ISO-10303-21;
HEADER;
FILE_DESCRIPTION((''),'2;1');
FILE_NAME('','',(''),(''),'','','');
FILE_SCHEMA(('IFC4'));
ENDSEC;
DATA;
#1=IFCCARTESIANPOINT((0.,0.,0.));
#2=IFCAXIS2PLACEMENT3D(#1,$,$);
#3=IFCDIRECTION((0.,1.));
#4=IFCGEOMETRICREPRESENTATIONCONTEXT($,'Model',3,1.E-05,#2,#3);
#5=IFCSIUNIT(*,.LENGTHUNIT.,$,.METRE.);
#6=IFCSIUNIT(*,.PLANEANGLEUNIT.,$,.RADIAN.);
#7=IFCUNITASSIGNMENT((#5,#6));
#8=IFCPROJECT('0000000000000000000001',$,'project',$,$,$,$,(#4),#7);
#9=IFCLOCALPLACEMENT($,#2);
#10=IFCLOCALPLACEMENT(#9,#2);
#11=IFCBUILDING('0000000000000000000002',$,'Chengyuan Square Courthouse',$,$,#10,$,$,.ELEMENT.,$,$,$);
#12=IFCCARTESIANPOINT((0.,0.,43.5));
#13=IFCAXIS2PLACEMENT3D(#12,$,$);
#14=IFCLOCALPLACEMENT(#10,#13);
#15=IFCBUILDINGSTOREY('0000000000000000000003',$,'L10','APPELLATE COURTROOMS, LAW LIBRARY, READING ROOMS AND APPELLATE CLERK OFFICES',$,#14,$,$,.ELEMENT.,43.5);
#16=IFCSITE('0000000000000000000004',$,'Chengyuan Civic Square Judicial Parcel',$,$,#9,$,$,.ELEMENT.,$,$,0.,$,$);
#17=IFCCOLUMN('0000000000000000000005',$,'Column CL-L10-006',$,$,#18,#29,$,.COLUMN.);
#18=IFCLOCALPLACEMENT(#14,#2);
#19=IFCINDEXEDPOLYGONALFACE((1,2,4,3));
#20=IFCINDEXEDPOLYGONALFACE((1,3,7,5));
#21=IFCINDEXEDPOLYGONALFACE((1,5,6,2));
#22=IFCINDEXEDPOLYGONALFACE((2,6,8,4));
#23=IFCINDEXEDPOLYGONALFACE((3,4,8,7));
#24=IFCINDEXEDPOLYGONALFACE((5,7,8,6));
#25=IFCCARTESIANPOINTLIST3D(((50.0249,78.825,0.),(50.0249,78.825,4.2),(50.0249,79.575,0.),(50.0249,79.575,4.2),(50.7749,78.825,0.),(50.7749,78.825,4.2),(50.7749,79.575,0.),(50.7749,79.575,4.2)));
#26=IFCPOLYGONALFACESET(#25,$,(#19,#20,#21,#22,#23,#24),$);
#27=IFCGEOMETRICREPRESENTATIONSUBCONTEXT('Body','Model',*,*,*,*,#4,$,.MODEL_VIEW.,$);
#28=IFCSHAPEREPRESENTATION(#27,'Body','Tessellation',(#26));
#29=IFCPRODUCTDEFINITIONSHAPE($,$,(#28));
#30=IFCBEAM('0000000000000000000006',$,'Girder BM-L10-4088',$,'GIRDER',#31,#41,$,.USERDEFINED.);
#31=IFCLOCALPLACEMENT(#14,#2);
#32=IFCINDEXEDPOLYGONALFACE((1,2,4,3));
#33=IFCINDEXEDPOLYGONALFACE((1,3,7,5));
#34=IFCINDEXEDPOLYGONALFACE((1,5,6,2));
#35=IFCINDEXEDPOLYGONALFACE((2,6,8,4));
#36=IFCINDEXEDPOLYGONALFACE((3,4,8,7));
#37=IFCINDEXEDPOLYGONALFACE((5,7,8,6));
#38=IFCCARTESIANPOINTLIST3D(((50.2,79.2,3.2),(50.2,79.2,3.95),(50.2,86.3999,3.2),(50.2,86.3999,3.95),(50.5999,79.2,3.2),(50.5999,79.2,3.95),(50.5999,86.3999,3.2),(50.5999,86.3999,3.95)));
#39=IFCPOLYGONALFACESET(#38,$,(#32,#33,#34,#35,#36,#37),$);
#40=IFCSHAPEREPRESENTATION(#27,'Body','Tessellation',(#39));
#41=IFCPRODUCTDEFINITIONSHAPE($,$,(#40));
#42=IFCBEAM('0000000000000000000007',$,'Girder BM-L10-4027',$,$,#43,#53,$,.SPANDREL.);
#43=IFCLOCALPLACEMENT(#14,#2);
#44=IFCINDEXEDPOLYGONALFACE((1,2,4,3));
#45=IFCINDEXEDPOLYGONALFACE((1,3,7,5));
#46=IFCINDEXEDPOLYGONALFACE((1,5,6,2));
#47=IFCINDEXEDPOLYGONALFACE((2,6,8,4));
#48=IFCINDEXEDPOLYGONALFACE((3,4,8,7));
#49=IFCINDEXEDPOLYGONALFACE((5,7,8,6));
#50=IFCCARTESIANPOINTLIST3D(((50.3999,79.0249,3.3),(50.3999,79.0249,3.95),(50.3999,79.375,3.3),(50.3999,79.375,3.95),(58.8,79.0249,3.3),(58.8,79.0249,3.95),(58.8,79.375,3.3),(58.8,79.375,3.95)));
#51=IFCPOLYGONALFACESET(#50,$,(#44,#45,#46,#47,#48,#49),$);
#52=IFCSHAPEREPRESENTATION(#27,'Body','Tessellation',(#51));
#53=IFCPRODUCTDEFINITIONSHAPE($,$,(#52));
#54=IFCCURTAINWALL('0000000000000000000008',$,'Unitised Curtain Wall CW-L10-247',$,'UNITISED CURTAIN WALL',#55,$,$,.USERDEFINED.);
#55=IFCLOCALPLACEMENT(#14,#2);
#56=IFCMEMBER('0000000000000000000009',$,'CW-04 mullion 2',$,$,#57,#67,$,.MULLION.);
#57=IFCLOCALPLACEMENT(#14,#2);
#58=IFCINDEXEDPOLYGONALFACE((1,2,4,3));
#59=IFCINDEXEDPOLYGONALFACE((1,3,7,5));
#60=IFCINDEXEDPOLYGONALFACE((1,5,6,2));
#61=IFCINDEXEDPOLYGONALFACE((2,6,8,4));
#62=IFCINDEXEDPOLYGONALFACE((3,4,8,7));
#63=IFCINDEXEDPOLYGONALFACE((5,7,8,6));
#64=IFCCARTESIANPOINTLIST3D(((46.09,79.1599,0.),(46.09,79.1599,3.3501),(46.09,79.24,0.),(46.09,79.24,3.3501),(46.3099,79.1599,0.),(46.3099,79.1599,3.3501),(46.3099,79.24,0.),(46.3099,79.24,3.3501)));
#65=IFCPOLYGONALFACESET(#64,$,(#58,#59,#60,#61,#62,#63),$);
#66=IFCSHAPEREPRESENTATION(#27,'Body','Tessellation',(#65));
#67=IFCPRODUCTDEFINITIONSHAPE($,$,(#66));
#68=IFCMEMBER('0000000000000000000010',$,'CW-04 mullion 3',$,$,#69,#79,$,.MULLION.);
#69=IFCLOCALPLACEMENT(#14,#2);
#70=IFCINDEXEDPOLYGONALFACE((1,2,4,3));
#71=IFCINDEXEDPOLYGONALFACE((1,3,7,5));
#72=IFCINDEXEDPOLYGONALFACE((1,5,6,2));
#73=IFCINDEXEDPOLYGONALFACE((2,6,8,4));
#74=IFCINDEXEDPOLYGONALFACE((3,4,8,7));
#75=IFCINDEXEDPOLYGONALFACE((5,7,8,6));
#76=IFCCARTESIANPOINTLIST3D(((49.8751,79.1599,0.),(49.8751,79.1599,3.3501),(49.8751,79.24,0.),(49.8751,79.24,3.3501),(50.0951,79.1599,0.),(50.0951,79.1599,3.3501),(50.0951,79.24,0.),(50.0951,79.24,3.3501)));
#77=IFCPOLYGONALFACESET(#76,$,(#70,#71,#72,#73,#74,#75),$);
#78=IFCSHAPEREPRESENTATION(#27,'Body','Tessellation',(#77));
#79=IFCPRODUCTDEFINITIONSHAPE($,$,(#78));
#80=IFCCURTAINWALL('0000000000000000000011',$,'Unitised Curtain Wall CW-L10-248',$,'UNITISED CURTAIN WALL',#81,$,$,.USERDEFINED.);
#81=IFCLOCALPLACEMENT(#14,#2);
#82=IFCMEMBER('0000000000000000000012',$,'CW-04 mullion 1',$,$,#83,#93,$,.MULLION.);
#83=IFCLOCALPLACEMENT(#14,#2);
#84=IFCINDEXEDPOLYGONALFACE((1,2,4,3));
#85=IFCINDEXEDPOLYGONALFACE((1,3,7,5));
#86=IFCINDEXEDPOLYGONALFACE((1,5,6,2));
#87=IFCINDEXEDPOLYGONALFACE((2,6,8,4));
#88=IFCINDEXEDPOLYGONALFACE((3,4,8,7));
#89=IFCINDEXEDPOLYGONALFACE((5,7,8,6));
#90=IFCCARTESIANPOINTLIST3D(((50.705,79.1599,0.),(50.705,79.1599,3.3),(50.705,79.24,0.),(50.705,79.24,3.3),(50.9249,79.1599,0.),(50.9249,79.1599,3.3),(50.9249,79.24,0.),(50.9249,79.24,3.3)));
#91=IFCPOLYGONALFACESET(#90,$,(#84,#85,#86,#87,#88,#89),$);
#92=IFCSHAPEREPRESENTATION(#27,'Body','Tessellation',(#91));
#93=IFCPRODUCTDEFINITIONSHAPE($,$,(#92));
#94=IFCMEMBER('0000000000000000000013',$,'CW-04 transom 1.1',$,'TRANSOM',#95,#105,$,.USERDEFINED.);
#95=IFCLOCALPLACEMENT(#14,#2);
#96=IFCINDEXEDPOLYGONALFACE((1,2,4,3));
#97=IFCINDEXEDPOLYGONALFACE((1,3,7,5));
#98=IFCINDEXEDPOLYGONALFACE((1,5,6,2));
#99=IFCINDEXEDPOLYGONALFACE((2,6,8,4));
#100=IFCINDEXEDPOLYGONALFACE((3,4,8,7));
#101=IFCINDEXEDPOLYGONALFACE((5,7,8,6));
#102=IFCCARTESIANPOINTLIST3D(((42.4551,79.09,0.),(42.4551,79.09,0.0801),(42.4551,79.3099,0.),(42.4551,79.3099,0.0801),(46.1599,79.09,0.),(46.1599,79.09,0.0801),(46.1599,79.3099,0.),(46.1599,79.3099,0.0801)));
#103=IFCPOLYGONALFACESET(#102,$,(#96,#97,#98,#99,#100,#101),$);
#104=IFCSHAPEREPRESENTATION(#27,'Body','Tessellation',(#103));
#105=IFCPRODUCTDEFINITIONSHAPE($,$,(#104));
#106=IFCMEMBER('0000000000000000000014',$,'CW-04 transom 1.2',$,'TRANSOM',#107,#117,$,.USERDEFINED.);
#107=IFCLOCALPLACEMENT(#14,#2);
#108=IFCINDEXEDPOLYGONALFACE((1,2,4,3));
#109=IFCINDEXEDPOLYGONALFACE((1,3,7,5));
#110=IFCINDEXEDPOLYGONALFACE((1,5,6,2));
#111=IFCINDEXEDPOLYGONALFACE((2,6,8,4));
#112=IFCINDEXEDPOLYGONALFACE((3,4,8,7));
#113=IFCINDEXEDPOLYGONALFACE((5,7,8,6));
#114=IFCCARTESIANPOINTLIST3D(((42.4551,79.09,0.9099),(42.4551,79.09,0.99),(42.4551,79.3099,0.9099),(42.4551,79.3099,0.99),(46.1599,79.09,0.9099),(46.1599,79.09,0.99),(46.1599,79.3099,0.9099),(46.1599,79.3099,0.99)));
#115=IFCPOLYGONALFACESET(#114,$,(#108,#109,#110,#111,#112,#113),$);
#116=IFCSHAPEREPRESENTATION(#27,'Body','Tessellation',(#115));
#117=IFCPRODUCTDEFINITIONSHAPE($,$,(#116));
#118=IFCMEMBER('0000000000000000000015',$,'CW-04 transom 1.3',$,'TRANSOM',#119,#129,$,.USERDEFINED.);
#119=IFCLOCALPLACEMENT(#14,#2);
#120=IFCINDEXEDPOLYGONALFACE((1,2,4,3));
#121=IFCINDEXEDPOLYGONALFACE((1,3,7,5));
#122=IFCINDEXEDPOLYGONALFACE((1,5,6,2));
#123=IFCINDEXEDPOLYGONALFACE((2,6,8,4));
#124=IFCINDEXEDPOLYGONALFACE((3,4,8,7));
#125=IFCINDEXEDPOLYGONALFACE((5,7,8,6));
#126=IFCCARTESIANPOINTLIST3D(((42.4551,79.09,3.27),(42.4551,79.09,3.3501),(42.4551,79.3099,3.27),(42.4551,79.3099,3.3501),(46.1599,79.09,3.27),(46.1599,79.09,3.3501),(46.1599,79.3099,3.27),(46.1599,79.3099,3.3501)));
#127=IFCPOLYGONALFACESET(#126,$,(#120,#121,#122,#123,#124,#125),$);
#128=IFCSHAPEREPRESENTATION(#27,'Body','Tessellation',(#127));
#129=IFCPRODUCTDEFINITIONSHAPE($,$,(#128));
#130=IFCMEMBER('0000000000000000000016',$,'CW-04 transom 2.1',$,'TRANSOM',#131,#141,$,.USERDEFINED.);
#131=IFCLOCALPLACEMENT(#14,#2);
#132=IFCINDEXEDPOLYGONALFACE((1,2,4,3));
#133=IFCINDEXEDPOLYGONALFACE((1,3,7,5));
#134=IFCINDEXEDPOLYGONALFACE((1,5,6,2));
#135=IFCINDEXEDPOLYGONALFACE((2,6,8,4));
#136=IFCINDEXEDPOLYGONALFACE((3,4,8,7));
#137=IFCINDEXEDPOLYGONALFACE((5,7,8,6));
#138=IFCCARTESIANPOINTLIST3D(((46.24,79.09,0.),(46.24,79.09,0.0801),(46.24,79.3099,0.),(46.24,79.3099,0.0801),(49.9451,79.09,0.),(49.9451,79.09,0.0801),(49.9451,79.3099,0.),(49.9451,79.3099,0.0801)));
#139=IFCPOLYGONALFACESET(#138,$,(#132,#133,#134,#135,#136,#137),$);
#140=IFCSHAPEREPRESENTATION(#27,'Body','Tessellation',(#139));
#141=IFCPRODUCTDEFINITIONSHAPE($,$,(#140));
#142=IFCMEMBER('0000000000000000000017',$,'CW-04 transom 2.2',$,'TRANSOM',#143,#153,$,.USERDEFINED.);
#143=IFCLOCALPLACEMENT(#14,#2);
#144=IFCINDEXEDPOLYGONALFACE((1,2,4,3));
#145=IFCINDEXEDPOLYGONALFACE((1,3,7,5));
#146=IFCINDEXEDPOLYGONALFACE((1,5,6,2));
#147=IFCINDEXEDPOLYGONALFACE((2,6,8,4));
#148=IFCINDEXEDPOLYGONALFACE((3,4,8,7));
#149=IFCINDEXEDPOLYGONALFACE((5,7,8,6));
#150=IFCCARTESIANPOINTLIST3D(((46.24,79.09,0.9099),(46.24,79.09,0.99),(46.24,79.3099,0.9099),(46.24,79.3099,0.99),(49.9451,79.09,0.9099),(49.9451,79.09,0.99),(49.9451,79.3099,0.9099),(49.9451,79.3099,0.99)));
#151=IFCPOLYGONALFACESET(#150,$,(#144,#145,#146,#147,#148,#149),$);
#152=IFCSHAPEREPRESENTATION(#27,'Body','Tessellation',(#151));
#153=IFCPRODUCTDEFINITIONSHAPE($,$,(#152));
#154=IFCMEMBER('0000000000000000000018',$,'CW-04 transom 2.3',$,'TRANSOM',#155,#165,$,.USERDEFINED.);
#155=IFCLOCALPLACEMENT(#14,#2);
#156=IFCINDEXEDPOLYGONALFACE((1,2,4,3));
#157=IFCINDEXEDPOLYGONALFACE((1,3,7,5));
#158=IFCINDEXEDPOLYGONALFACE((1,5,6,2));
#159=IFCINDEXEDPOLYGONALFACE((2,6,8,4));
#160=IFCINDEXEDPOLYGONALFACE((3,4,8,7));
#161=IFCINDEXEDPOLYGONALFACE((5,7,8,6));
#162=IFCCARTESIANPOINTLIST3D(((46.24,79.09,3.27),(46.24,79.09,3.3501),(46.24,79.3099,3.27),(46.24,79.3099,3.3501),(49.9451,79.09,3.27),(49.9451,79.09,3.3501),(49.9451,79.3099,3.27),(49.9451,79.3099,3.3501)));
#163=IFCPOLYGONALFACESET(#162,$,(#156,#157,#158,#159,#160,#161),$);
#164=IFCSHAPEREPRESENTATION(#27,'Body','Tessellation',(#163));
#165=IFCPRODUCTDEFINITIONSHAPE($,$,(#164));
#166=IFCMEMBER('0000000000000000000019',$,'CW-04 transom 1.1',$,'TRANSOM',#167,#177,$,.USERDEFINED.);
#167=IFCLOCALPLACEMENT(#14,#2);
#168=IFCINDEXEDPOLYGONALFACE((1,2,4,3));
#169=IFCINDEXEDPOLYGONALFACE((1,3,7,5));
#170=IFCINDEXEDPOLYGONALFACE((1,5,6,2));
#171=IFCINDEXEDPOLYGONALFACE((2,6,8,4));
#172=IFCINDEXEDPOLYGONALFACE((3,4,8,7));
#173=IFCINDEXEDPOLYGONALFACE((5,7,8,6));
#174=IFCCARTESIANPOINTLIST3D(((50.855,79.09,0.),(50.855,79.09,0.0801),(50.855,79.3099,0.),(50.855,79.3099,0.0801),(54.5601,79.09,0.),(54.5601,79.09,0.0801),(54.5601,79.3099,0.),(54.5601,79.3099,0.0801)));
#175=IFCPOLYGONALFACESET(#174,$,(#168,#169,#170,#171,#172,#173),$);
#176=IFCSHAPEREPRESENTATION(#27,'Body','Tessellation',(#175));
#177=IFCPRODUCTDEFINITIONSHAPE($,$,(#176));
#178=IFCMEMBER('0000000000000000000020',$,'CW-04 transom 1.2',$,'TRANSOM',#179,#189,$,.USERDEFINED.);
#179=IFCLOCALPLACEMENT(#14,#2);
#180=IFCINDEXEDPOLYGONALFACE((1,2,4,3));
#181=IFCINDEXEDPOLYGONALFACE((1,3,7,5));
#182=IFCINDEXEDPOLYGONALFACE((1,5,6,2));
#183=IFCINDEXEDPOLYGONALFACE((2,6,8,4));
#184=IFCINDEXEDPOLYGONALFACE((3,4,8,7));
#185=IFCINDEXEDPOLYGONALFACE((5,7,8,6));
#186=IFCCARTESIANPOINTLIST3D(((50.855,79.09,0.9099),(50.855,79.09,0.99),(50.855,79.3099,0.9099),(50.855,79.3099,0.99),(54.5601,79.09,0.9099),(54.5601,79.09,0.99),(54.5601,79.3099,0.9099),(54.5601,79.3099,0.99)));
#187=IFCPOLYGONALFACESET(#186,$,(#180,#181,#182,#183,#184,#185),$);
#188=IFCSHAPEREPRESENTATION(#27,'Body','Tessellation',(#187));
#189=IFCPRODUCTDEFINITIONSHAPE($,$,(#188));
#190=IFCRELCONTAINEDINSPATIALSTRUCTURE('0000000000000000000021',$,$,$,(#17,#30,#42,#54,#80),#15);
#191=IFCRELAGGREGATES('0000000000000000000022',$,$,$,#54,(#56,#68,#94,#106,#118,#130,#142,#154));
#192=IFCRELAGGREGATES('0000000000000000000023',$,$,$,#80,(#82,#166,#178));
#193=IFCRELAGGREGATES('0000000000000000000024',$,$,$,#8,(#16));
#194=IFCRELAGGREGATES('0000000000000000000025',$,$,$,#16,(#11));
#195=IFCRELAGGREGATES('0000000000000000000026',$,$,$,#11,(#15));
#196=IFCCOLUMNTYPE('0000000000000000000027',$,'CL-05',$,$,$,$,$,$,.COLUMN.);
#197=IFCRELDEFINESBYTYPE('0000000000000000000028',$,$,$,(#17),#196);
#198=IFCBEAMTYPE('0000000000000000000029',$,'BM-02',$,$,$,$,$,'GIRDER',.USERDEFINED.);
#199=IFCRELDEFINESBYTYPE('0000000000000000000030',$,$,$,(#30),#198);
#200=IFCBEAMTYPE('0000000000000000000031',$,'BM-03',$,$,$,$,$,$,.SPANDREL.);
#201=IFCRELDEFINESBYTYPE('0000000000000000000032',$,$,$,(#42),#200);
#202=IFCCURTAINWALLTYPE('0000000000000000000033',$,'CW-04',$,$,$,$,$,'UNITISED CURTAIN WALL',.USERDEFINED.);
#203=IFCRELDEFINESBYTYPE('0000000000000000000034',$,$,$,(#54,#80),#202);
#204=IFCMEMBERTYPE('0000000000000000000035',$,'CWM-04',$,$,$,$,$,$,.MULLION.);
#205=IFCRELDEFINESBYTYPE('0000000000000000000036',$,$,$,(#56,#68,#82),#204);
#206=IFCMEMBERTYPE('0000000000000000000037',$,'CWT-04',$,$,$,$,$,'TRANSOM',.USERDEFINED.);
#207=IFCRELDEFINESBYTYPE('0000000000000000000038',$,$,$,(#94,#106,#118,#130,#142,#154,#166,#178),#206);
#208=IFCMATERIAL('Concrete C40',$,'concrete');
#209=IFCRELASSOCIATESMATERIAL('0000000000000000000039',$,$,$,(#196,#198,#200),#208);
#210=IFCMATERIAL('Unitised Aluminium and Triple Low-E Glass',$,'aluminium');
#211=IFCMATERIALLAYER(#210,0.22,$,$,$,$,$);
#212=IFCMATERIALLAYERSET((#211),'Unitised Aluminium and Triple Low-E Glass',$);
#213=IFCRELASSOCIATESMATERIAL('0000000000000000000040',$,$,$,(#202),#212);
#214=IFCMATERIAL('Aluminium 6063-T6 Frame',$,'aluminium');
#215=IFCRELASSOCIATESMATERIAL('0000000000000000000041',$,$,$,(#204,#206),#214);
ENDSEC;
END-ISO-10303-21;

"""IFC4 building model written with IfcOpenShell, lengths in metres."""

from ifc_helpers import new_model, si_unit, direction, frame, origin, origin_2d, place, context, subcontext, project, spatial, rectangle, extrude, material, layer, layer_set, material_profile, profile_set, type_object, element, aggregate, save


model = new_model("IFC4")

# Units and contexts
model_context = context("Model", 3, precision=1e-05, world=origin(), true_north=direction((0.0, 1.0)))
body_context = subcontext(model_context, "Body", "Model", "MODEL_VIEW")
ifc_project = project(units=[si_unit("LENGTHUNIT", "METRE"), si_unit("PLANEANGLEUNIT", "RADIAN")], contexts=[model_context])

# Site, building, storey
site_placement = place(None, origin())
site = spatial("IfcSite", under=ifc_project, at=site_placement, Name="Chengyuan Civic Square Judicial Parcel", CompositionType="ELEMENT", RefElevation=0.0)
building_placement = place(site_placement, origin())
building = spatial("IfcBuilding", under=site, at=building_placement, Name="Chengyuan Square Courthouse", CompositionType="ELEMENT")
storey_placement = place(building_placement, frame((0.0, 0.0, 43.5)))
storey = spatial("IfcBuildingStorey", under=building, at=storey_placement, Name="L10", Description="APPELLATE COURTROOMS, LAW LIBRARY, READING ROOMS AND APPELLATE CLERK OFFICES", CompositionType="ELEMENT", Elevation=43.5)

# Column
ifc_material_1 = material(Name="Concrete C40", Category="concrete")
ifc_material_profile_1 = material_profile(ifc_material_1, rectangle(XDim=0.75, YDim=0.75, at=origin_2d()), Name="RC-COL-750x750")
ifc_profile_set_1 = profile_set([ifc_material_profile_1], Name="Concrete C40")
column_type = type_object("IfcColumnType", Name="CL-05", PredefinedType="COLUMN", material=ifc_profile_set_1)
column_placement = place(storey_placement, frame((50.3999, 79.2, 0.0), z_axis=(0.0, 0.0, 1.0), x_axis=(1.0, 0.0, 0.0)))
element("IfcColumn", 1, at=column_placement, inside=storey, type_object=column_type, Name="Column CL-L10-006", PredefinedType="COLUMN", context=body_context, shape_type="SweptSolid", body=[
    extrude(rectangle(XDim=0.75, YDim=0.75, at=origin_2d()), origin(), (0.0, 0.0, 1.0), 4.2),
])

# Beams
ifc_material_profile_2 = material_profile(ifc_material_1, rectangle(XDim=0.3999, YDim=0.75, at=origin_2d()), Name="RC-BM-400x750")
ifc_profile_set_2 = profile_set([ifc_material_profile_2], Name="Concrete C40")
beam_type_1 = type_object("IfcBeamType", Name="BM-02", ElementType="GIRDER", PredefinedType="USERDEFINED", material=ifc_profile_set_2)
beam_1_placement = place(storey_placement, frame((50.3999, 79.2, 3.575), z_axis=(0.0, 1.0, 0.0), x_axis=(-1.0, 0.0, 0.0)))
element("IfcBeam", 2, at=beam_1_placement, inside=storey, type_object=beam_type_1, Name="Girder BM-L10-4088", ObjectType="GIRDER", PredefinedType="USERDEFINED", context=body_context, shape_type="SweptSolid", body=[
    extrude(rectangle(XDim=0.3999, YDim=0.75, at=origin_2d()), origin(), (0.0, 0.0, 1.0), 7.2),
])
ifc_material_profile_3 = material_profile(ifc_material_1, rectangle(XDim=0.3501, YDim=0.6499, at=origin_2d()), Name="RC-BM-350x650")
ifc_profile_set_3 = profile_set([ifc_material_profile_3], Name="Concrete C40")
beam_type_2 = type_object("IfcBeamType", Name="BM-03", PredefinedType="SPANDREL", material=ifc_profile_set_3)
beam_2_placement = place(storey_placement, frame((50.3999, 79.2, 3.625), z_axis=(1.0, 0.0, 0.0), x_axis=(0.0, 1.0, 0.0)))
element("IfcBeam", 3, at=beam_2_placement, inside=storey, type_object=beam_type_2, Name="Girder BM-L10-4027", PredefinedType="SPANDREL", context=body_context, shape_type="SweptSolid", body=[
    extrude(rectangle(XDim=0.3501, YDim=0.6499, at=origin_2d()), origin(), (0.0, 0.0, 1.0), 8.4001),
])

# Curtain wall, members
ifc_material_2 = material(Name="Unitised Aluminium and Triple Low-E Glass", Category="aluminium")
ifc_layer_1 = layer(ifc_material_2, 0.22)
ifc_layer_set_1 = layer_set([ifc_layer_1], Name="Unitised Aluminium and Triple Low-E Glass")
curtain_wall_type = type_object("IfcCurtainWallType", Name="CW-04", ElementType="UNITISED CURTAIN WALL", PredefinedType="USERDEFINED", material=ifc_layer_set_1)
curtain_wall_1_placement = place(storey_placement, origin())
curtain_wall_1 = element("IfcCurtainWall", 4, at=curtain_wall_1_placement, inside=storey, type_object=curtain_wall_type, Name="Unitised Curtain Wall CW-L10-247", ObjectType="UNITISED CURTAIN WALL", PredefinedType="USERDEFINED")
ifc_material_3 = material(Name="Aluminium 6063-T6 Frame", Category="aluminium")
ifc_material_profile_4 = material_profile(ifc_material_3, rectangle(XDim=0.0801, YDim=0.22, at=origin_2d()), Name="CW-MUL-80x220")
ifc_profile_set_4 = profile_set([ifc_material_profile_4], Name="Aluminium 6063-T6 Frame")
member_type_1 = type_object("IfcMemberType", Name="CWM-04", PredefinedType="MULLION", material=ifc_profile_set_4)
member_1_placement = place(storey_placement, frame((46.2, 79.2, 0.0), z_axis=(0.0, 0.0, 1.0), x_axis=(0.0, 1.0, 0.0)))
member_1 = element("IfcMember", 5, at=member_1_placement, type_object=member_type_1, Name="CW-04 mullion 2", PredefinedType="MULLION", context=body_context, shape_type="SweptSolid", body=[
    extrude(rectangle(XDim=0.0801, YDim=0.22, at=origin_2d()), origin(), (0.0, 0.0, 1.0), 3.3501),
])
member_2_placement = place(storey_placement, frame((49.9851, 79.2, 0.0), z_axis=(0.0, 0.0, 1.0), x_axis=(0.0, 1.0, 0.0)))
member_2 = element("IfcMember", 6, at=member_2_placement, type_object=member_type_1, Name="CW-04 mullion 3", PredefinedType="MULLION", context=body_context, shape_type="SweptSolid", body=[
    extrude(rectangle(XDim=0.0801, YDim=0.22, at=origin_2d()), origin(), (0.0, 0.0, 1.0), 3.3501),
])

# Curtain wall, member
curtain_wall_2_placement = place(storey_placement, origin())
curtain_wall_2 = element("IfcCurtainWall", 7, at=curtain_wall_2_placement, inside=storey, type_object=curtain_wall_type, Name="Unitised Curtain Wall CW-L10-248", ObjectType="UNITISED CURTAIN WALL", PredefinedType="USERDEFINED")
member_3_placement = place(storey_placement, frame((50.8149, 79.2, 0.0), z_axis=(0.0, 0.0, 1.0), x_axis=(0.0, 1.0, 0.0)))
member_3 = element("IfcMember", 8, at=member_3_placement, type_object=member_type_1, Name="CW-04 mullion 1", PredefinedType="MULLION", context=body_context, shape_type="SweptSolid", body=[
    extrude(rectangle(XDim=0.0801, YDim=0.22, at=origin_2d()), origin(), (0.0, 0.0, 1.0), 3.3),
])

# Members
ifc_material_profile_5 = material_profile(ifc_material_3, rectangle(XDim=0.22, YDim=0.0801, at=origin_2d()), Name="CW-TRN-80x180")
ifc_profile_set_5 = profile_set([ifc_material_profile_5], Name="Aluminium 6063-T6 Frame")
member_type_2 = type_object("IfcMemberType", Name="CWT-04", ElementType="TRANSOM", PredefinedType="USERDEFINED", material=ifc_profile_set_5)
member_4_placement = place(storey_placement, frame((42.4551, 79.2, 0.04), z_axis=(1.0, 0.0, 0.0), x_axis=(0.0, 1.0, 0.0)))
member_4 = element("IfcMember", 9, at=member_4_placement, type_object=member_type_2, Name="CW-04 transom 1.1", ObjectType="TRANSOM", PredefinedType="USERDEFINED", context=body_context, shape_type="SweptSolid", body=[
    extrude(rectangle(XDim=0.22, YDim=0.0801, at=origin_2d()), origin(), (0.0, 0.0, 1.0), 3.7048),
])
member_5_placement = place(storey_placement, frame((42.4551, 79.2, 0.95), z_axis=(1.0, 0.0, 0.0), x_axis=(0.0, 1.0, 0.0)))
member_5 = element("IfcMember", 10, at=member_5_placement, type_object=member_type_2, Name="CW-04 transom 1.2", ObjectType="TRANSOM", PredefinedType="USERDEFINED", context=body_context, shape_type="SweptSolid", body=[
    extrude(rectangle(XDim=0.22, YDim=0.0801, at=origin_2d()), origin(), (0.0, 0.0, 1.0), 3.7048),
])
member_6_placement = place(storey_placement, frame((42.4551, 79.2, 3.3101), z_axis=(1.0, 0.0, 0.0), x_axis=(0.0, 1.0, 0.0)))
member_6 = element("IfcMember", 11, at=member_6_placement, type_object=member_type_2, Name="CW-04 transom 1.3", ObjectType="TRANSOM", PredefinedType="USERDEFINED", context=body_context, shape_type="SweptSolid", body=[
    extrude(rectangle(XDim=0.22, YDim=0.0801, at=origin_2d()), origin(), (0.0, 0.0, 1.0), 3.7048),
])
member_7_placement = place(storey_placement, frame((46.24, 79.2, 0.04), z_axis=(1.0, 0.0, 0.0), x_axis=(0.0, 1.0, 0.0)))
member_7 = element("IfcMember", 12, at=member_7_placement, type_object=member_type_2, Name="CW-04 transom 2.1", ObjectType="TRANSOM", PredefinedType="USERDEFINED", context=body_context, shape_type="SweptSolid", body=[
    extrude(rectangle(XDim=0.22, YDim=0.0801, at=origin_2d()), origin(), (0.0, 0.0, 1.0), 3.7051),
])
member_8_placement = place(storey_placement, frame((46.24, 79.2, 0.95), z_axis=(1.0, 0.0, 0.0), x_axis=(0.0, 1.0, 0.0)))
member_8 = element("IfcMember", 13, at=member_8_placement, type_object=member_type_2, Name="CW-04 transom 2.2", ObjectType="TRANSOM", PredefinedType="USERDEFINED", context=body_context, shape_type="SweptSolid", body=[
    extrude(rectangle(XDim=0.22, YDim=0.0801, at=origin_2d()), origin(), (0.0, 0.0, 1.0), 3.7051),
])
member_9_placement = place(storey_placement, frame((46.24, 79.2, 3.3101), z_axis=(1.0, 0.0, 0.0), x_axis=(0.0, 1.0, 0.0)))
member_9 = element("IfcMember", 14, at=member_9_placement, type_object=member_type_2, Name="CW-04 transom 2.3", ObjectType="TRANSOM", PredefinedType="USERDEFINED", context=body_context, shape_type="SweptSolid", body=[
    extrude(rectangle(XDim=0.22, YDim=0.0801, at=origin_2d()), origin(), (0.0, 0.0, 1.0), 3.7051),
])
member_10_placement = place(storey_placement, frame((50.855, 79.2, 0.04), z_axis=(1.0, 0.0, 0.0), x_axis=(0.0, 1.0, 0.0)))
member_10 = element("IfcMember", 15, at=member_10_placement, type_object=member_type_2, Name="CW-04 transom 1.1", ObjectType="TRANSOM", PredefinedType="USERDEFINED", context=body_context, shape_type="SweptSolid", body=[
    extrude(rectangle(XDim=0.22, YDim=0.0801, at=origin_2d()), origin(), (0.0, 0.0, 1.0), 3.7051),
])
member_11_placement = place(storey_placement, frame((50.855, 79.2, 0.95), z_axis=(1.0, 0.0, 0.0), x_axis=(0.0, 1.0, 0.0)))
member_11 = element("IfcMember", 16, at=member_11_placement, type_object=member_type_2, Name="CW-04 transom 1.2", ObjectType="TRANSOM", PredefinedType="USERDEFINED", context=body_context, shape_type="SweptSolid", body=[
    extrude(rectangle(XDim=0.22, YDim=0.0801, at=origin_2d()), origin(), (0.0, 0.0, 1.0), 3.7051),
])

aggregate(curtain_wall_1, [member_1, member_2, member_4, member_5, member_6, member_7, member_8, member_9])
aggregate(curtain_wall_2, [member_3, member_10, member_11])

save(model, "model.ifc")
